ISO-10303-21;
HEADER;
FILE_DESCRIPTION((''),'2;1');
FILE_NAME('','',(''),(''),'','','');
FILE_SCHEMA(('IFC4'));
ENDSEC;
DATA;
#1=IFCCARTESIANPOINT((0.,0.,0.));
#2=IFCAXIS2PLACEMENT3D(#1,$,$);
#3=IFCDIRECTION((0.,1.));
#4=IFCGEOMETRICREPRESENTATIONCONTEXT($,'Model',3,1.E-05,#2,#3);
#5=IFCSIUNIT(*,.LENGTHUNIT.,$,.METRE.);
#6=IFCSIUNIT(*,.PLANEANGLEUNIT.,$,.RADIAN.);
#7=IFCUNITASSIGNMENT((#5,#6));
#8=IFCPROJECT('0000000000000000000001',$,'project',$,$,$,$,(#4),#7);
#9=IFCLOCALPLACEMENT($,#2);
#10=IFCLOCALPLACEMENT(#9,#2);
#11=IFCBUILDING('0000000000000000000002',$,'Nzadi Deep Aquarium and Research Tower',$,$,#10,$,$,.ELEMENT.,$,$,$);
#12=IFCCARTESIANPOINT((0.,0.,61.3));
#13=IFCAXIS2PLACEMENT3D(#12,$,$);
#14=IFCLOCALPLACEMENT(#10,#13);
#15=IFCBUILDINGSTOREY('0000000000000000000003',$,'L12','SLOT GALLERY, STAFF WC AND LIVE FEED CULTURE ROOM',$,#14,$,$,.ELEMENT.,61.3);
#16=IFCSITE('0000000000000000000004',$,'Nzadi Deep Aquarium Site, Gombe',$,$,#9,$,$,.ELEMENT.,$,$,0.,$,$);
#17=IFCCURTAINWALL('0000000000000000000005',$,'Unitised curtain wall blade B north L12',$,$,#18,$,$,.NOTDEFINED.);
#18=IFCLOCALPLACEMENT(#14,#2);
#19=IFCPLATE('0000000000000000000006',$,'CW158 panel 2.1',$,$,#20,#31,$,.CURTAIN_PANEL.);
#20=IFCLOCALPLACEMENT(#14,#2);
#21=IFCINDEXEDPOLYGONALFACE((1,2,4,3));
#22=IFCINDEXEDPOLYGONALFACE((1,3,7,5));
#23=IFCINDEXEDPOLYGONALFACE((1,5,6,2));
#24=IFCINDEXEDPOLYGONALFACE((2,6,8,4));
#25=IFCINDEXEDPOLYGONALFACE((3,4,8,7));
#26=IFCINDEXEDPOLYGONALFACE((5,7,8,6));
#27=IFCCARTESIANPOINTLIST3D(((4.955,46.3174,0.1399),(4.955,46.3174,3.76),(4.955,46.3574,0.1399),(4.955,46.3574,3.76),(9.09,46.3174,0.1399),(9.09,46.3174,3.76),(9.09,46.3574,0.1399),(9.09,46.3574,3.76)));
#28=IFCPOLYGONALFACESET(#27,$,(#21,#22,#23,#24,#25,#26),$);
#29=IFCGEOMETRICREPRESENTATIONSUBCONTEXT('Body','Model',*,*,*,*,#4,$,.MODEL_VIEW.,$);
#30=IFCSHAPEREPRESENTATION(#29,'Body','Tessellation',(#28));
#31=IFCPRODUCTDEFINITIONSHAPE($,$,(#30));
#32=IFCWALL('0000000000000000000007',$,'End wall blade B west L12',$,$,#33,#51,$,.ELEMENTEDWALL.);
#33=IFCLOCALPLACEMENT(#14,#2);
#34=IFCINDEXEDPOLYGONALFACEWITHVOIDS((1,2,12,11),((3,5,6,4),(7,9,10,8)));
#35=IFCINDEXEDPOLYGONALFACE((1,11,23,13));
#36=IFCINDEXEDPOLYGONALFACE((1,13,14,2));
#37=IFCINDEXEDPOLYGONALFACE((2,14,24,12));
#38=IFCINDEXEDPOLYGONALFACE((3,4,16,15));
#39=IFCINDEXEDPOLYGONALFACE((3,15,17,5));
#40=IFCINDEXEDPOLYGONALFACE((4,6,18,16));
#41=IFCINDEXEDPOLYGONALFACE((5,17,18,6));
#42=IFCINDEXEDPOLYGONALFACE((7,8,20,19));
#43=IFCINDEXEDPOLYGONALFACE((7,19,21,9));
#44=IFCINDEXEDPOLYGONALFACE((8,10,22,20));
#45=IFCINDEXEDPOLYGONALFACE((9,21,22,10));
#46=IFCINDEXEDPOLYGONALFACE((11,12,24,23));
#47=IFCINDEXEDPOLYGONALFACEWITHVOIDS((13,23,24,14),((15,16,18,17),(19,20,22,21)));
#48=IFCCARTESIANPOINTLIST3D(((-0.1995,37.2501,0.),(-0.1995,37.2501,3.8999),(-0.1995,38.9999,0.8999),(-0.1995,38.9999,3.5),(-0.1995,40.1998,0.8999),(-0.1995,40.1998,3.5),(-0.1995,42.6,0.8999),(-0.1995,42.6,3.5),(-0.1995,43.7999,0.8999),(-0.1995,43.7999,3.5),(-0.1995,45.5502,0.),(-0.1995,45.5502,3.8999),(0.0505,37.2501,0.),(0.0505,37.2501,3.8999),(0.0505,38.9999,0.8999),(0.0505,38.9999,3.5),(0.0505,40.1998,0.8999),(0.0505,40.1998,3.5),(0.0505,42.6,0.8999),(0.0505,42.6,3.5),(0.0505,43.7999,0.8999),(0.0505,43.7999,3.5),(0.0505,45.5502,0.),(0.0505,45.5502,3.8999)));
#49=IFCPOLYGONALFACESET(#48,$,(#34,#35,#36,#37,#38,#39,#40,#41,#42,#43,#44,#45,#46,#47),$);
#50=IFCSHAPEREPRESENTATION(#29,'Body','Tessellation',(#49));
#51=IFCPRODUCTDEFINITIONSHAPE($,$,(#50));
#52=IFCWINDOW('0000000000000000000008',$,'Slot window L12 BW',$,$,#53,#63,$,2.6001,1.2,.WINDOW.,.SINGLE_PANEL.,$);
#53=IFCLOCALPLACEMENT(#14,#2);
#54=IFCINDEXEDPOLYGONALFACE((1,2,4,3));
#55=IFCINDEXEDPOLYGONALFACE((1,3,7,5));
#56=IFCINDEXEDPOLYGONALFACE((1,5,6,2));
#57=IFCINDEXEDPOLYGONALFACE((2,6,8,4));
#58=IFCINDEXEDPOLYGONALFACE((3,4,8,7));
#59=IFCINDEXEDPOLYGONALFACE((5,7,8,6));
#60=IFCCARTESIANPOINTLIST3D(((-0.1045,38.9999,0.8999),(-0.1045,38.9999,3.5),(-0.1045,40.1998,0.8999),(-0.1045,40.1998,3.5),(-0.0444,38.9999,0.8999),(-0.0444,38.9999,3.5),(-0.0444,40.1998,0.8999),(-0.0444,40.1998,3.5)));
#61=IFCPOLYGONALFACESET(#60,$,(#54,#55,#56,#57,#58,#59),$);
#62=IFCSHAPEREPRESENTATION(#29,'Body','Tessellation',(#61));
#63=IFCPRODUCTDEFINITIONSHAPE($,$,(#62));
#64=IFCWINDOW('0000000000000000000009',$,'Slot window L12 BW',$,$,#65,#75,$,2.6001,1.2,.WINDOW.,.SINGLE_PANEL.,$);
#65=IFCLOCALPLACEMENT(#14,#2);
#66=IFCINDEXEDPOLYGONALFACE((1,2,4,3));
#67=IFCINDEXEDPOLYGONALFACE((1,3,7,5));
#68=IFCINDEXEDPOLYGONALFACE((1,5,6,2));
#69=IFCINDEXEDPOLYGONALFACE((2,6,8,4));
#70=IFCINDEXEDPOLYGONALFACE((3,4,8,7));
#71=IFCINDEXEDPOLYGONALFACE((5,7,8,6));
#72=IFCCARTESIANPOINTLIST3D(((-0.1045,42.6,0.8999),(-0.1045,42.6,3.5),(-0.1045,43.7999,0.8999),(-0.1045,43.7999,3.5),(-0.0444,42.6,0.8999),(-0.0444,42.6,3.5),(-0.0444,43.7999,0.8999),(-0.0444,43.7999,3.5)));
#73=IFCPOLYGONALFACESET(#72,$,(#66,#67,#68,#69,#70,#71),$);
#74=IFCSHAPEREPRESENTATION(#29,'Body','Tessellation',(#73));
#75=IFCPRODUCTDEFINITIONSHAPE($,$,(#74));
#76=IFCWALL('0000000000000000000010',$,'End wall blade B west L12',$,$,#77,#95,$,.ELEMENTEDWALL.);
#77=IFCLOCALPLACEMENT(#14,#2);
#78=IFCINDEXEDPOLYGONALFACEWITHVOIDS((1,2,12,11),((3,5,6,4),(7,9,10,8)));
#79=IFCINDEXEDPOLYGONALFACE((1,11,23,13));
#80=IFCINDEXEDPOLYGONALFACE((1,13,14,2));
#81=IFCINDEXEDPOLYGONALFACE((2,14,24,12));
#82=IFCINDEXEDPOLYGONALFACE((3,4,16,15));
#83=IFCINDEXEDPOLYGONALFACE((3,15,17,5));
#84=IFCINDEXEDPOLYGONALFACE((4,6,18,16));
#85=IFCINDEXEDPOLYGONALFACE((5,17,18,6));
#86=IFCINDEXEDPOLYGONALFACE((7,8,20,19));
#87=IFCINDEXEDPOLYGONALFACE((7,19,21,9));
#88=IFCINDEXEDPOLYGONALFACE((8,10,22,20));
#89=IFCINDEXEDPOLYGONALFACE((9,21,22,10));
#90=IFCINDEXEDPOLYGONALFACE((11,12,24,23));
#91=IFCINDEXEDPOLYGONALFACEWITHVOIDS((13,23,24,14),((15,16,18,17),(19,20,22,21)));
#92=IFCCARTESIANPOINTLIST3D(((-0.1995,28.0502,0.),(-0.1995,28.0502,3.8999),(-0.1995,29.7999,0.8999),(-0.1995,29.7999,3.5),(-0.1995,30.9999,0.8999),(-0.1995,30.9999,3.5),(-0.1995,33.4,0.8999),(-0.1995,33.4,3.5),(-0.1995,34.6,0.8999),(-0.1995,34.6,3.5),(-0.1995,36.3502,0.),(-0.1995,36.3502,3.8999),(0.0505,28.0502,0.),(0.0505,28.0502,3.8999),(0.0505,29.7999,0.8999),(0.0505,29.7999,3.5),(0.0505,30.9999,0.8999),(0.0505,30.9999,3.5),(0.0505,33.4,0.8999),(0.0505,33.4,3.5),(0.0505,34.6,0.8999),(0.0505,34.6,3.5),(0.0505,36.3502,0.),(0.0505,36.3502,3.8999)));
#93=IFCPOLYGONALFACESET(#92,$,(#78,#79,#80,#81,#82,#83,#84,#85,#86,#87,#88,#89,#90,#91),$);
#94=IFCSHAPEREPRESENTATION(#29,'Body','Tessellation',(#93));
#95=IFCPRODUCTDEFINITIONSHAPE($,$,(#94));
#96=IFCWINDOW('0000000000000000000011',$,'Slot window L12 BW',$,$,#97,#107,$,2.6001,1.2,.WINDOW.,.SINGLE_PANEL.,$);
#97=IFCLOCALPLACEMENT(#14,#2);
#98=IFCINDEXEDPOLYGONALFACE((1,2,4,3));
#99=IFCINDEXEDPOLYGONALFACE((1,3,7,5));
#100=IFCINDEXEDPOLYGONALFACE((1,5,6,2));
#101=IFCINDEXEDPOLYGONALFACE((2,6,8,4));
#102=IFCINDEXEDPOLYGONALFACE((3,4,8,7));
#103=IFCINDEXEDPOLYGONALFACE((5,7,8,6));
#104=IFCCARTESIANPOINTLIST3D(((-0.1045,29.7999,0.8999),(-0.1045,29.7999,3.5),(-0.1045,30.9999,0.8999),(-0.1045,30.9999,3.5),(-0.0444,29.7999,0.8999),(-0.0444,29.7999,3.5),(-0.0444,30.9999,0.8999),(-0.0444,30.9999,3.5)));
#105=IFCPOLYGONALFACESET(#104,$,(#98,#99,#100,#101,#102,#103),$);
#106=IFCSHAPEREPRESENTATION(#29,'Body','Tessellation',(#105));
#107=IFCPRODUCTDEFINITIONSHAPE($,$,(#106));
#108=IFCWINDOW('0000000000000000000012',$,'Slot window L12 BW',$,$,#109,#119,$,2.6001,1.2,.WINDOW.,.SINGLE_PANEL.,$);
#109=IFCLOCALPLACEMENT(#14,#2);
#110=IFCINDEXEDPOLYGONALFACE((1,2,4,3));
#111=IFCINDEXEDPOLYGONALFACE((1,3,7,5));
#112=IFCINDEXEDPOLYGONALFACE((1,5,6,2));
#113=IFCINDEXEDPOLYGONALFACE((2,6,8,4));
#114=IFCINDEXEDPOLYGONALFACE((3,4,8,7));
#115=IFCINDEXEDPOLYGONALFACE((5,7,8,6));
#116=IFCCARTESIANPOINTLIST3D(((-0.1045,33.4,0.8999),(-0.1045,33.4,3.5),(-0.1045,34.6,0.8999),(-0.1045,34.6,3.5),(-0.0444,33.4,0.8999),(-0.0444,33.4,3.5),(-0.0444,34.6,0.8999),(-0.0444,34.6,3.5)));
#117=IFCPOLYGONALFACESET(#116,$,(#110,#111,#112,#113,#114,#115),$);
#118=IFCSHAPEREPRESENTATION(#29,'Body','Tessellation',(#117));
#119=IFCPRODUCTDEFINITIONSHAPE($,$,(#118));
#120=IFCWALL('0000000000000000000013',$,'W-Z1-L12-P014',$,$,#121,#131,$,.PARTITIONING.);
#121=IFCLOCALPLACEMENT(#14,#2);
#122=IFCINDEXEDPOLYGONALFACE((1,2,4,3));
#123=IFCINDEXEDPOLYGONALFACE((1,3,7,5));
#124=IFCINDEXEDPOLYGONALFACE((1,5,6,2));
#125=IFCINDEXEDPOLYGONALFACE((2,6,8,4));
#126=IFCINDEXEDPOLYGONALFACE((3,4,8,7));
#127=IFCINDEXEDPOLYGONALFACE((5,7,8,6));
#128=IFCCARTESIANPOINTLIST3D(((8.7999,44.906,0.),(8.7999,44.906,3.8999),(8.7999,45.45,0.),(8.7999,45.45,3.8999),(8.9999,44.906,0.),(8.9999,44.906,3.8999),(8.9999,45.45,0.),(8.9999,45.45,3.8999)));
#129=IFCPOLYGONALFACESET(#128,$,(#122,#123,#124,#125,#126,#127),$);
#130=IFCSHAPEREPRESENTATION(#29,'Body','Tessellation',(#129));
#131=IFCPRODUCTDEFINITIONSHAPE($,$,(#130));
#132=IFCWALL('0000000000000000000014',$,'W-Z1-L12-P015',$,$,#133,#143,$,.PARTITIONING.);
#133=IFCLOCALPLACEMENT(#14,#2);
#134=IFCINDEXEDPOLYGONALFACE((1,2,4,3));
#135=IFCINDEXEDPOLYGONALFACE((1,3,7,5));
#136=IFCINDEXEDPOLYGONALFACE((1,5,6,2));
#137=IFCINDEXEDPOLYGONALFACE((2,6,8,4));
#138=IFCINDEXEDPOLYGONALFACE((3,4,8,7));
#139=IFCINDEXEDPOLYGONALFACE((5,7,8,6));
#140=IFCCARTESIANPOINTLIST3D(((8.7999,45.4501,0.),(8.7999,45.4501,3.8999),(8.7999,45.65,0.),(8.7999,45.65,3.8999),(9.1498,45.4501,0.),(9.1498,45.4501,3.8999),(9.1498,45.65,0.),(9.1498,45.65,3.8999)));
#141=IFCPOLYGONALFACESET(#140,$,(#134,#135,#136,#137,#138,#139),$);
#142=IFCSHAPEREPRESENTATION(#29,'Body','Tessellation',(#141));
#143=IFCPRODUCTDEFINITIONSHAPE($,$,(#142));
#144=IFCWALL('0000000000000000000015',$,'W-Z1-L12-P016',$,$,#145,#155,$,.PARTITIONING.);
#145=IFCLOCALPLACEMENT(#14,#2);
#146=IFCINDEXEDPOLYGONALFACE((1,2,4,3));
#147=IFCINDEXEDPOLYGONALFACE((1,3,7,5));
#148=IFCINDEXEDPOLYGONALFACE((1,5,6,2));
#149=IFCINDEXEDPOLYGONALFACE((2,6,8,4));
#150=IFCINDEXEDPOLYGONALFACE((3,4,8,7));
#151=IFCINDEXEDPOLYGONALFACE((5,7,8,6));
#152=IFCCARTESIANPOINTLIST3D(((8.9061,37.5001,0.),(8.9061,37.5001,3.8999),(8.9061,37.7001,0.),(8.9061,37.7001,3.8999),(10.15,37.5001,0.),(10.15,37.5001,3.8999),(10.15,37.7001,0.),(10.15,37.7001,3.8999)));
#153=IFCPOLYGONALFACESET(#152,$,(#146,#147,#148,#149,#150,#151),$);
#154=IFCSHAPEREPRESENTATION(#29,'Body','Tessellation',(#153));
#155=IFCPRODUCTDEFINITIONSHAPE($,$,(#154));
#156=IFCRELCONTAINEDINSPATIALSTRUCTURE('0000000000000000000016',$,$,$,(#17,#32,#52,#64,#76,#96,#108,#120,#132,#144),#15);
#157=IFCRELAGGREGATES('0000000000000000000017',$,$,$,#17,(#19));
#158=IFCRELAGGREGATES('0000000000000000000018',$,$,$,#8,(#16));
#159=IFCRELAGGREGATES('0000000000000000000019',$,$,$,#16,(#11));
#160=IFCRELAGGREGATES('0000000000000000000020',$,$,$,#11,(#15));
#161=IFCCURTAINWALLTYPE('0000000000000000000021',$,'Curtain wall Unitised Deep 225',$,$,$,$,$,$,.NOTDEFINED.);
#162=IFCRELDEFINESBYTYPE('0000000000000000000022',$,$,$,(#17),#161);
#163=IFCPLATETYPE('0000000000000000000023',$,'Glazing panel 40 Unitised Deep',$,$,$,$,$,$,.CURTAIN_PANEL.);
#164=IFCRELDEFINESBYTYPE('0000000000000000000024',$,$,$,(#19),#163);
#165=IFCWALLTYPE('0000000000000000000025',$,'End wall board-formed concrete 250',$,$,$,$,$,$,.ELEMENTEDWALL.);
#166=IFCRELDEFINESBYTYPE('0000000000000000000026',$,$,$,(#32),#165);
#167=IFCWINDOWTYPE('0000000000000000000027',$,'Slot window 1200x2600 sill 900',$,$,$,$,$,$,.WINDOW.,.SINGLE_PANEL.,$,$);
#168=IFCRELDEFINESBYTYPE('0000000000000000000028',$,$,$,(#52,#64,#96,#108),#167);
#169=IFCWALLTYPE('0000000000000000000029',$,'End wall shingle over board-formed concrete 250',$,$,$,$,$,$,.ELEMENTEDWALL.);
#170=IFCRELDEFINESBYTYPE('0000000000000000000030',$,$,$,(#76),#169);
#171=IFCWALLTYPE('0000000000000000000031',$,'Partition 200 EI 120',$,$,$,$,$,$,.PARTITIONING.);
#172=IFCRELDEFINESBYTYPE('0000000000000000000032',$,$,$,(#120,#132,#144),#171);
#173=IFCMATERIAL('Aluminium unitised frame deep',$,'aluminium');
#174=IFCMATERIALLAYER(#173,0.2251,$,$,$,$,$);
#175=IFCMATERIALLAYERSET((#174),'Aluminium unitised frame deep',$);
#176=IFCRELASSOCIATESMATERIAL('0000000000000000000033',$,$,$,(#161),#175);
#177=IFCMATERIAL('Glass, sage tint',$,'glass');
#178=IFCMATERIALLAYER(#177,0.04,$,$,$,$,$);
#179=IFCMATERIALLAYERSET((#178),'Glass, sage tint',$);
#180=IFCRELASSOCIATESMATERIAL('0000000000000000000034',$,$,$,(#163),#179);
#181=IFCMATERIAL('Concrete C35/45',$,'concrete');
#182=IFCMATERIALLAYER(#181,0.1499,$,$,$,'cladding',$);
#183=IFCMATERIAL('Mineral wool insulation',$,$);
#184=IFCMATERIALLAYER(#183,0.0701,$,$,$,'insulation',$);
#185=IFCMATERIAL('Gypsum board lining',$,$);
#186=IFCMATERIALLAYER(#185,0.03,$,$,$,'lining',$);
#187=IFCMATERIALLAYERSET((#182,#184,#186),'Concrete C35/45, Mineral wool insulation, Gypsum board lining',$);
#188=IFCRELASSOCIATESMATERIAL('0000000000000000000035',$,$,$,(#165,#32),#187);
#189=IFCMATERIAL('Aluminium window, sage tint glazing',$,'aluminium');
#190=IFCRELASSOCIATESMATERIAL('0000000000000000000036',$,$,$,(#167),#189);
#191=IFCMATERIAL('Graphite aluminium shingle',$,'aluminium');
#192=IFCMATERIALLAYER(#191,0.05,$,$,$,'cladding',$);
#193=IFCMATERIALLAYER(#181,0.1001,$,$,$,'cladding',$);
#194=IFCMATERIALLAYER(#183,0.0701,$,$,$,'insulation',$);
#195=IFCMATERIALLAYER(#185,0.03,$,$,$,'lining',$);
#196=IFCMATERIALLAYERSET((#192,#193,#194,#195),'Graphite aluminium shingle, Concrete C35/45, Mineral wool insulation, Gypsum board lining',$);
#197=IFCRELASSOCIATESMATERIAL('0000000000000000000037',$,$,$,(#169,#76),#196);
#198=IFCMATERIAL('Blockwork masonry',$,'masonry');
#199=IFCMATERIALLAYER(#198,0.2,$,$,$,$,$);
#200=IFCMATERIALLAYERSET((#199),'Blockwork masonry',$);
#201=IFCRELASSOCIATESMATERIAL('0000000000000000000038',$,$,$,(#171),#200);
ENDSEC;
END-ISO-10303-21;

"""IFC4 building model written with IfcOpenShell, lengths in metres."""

from ifc_helpers import new_model, si_unit, direction, frame, frame_2d, origin, origin_2d, place, context, subcontext, project, spatial, rectangle, extrude, material, layer, layer_set, layer_usage, type_object, element, fill, aggregate, save


model = new_model("IFC4")

# Units and contexts
model_context = context("Model", 3, precision=1e-05, world=origin(), true_north=direction((0.0, 1.0)))
body_context = subcontext(model_context, "Body", "Model", "MODEL_VIEW")
ifc_project = project(units=[si_unit("LENGTHUNIT", "METRE"), si_unit("PLANEANGLEUNIT", "RADIAN")], contexts=[model_context])

# Site, building, storey
site_placement = place(None, origin())
site = spatial("IfcSite", under=ifc_project, at=site_placement, Name="Nzadi Deep Aquarium Site, Gombe", CompositionType="ELEMENT", RefElevation=0.0)
building_placement = place(site_placement, origin())
building = spatial("IfcBuilding", under=site, at=building_placement, Name="Nzadi Deep Aquarium and Research Tower", CompositionType="ELEMENT")
storey_placement = place(building_placement, frame((0.0, 0.0, 61.3)))
storey = spatial("IfcBuildingStorey", under=building, at=storey_placement, Name="L12", Description="SLOT GALLERY, STAFF WC AND LIVE FEED CULTURE ROOM", CompositionType="ELEMENT", Elevation=61.3)

# Curtain wall
ifc_material_1 = material(Name="Aluminium unitised frame deep", Category="aluminium")
ifc_layer_1 = layer(ifc_material_1, 0.2251)
ifc_layer_set_1 = layer_set([ifc_layer_1], Name="Aluminium unitised frame deep")
curtain_wall_type = type_object("IfcCurtainWallType", Name="Curtain wall Unitised Deep 225", PredefinedType="NOTDEFINED", material=ifc_layer_set_1)
curtain_wall_placement = place(storey_placement, origin())
curtain_wall = element("IfcCurtainWall", 1, at=curtain_wall_placement, inside=storey, type_object=curtain_wall_type, Name="Unitised curtain wall blade B north L12", PredefinedType="NOTDEFINED")

# Plate
ifc_material_2 = material(Name="Glass, sage tint", Category="glass")
ifc_layer_2 = layer(ifc_material_2, 0.04)
ifc_layer_set_2 = layer_set([ifc_layer_2], Name="Glass, sage tint")
plate_type = type_object("IfcPlateType", Name="Glazing panel 40 Unitised Deep", PredefinedType="CURTAIN_PANEL", material=ifc_layer_set_2)
plate_1_placement = place(storey_placement, frame((7.0225, 46.3374, 0.1399), z_axis=(0.0, 0.0, 1.0), x_axis=(1.0, 0.0, 0.0)))
plate_1 = element("IfcPlate", 2, at=plate_1_placement, type_object=plate_type, Name="CW158 panel 2.1", PredefinedType="CURTAIN_PANEL", context=body_context, shape_type="SweptSolid", body=[
    extrude(rectangle(XDim=4.135, YDim=0.04, at=origin_2d()), origin(), (0.0, 0.0, 1.0), 3.6201),
])
aggregate(curtain_wall, [plate_1])

# Walls, openings, windows
ifc_material_3 = material(Name="Concrete C35/45", Category="concrete")
ifc_layer_3 = layer(ifc_material_3, 0.1499, Category="cladding")
ifc_material_4 = material(Name="Mineral wool insulation")
ifc_layer_4 = layer(ifc_material_4, 0.0701, Category="insulation")
ifc_material_5 = material(Name="Gypsum board lining")
ifc_layer_5 = layer(ifc_material_5, 0.03, Category="lining")
ifc_layer_set_3 = layer_set([ifc_layer_3, ifc_layer_4, ifc_layer_5], Name="Concrete C35/45, Mineral wool insulation, Gypsum board lining")
ifc_layer_usage_1 = layer_usage(ifc_layer_set_3, "AXIS2", "POSITIVE", -0.125)
wall_type_1 = type_object("IfcWallType", Name="End wall board-formed concrete 250", PredefinedType="ELEMENTEDWALL", material=ifc_layer_set_3)
wall_1_placement = place(storey_placement, frame((-0.0745, 45.55, 0.0), z_axis=(0.0, 0.0, 1.0), x_axis=(0.0, -1.0, 0.0)))
wall_1 = element("IfcWall", 3, at=wall_1_placement, inside=storey, type_object=wall_type_1, material=ifc_layer_usage_1, Name="End wall blade B west L12", PredefinedType="ELEMENTEDWALL", context=body_context, shape_type="SweptSolid", body=[
    extrude(rectangle(XDim=8.3, YDim=0.25, at=frame_2d((4.1499, 0.0))), origin(), (0.0, 0.0, 1.0), 3.8999),
])
opening_1_placement = place(wall_1_placement, frame((5.3501, 0.0, 0.8999)))
opening_1 = element("IfcOpeningElement", 4, at=opening_1_placement, cuts=wall_1, PredefinedType="OPENING", context=body_context, shape_type="SweptSolid", body=[
    extrude(rectangle(XDim=1.2, YDim=2.6001, at=frame_2d((0.6001, 1.3))), frame((0.0, 0.135, 0.0), z_axis=(0.0, -1.0, 0.0), x_axis=(1.0, 0.0, 0.0)), (0.0, 0.0, 1.0), 0.27),
])
opening_2_placement = place(wall_1_placement, frame((1.75, 0.0, 0.8999)))
opening_2 = element("IfcOpeningElement", 5, at=opening_2_placement, cuts=wall_1, PredefinedType="OPENING", context=body_context, shape_type="SweptSolid", body=[
    extrude(rectangle(XDim=1.2, YDim=2.6001, at=frame_2d((0.6001, 1.3))), frame((0.0, 0.135, 0.0), z_axis=(0.0, -1.0, 0.0), x_axis=(1.0, 0.0, 0.0)), (0.0, 0.0, 1.0), 0.27),
])
ifc_material_6 = material(Name="Aluminium window, sage tint glazing", Category="aluminium")
window_type = type_object("IfcWindowType", Name="Slot window 1200x2600 sill 900", PartitioningType="SINGLE_PANEL", PredefinedType="WINDOW", material=ifc_material_6)
window_1_placement = place(opening_1_placement, origin())
window_1 = element("IfcWindow", 6, at=window_1_placement, inside=storey, type_object=window_type, Name="Slot window L12 BW", OverallHeight=2.6001, OverallWidth=1.2, PartitioningType="SINGLE_PANEL", PredefinedType="WINDOW", context=body_context, shape_type="SweptSolid", body=[
    extrude(rectangle(XDim=1.2, YDim=2.6001, at=frame_2d((0.6001, 1.3))), frame((0.0, 0.03, 0.0), z_axis=(0.0, -1.0, 0.0), x_axis=(1.0, 0.0, 0.0)), (0.0, 0.0, 1.0), 0.0601),
])
fill(opening_1, window_1)
window_2_placement = place(opening_2_placement, origin())
window_2 = element("IfcWindow", 7, at=window_2_placement, inside=storey, type_object=window_type, Name="Slot window L12 BW", OverallHeight=2.6001, OverallWidth=1.2, PartitioningType="SINGLE_PANEL", PredefinedType="WINDOW", context=body_context, shape_type="SweptSolid", body=[
    extrude(rectangle(XDim=1.2, YDim=2.6001, at=frame_2d((0.6001, 1.3))), frame((0.0, 0.03, 0.0), z_axis=(0.0, -1.0, 0.0), x_axis=(1.0, 0.0, 0.0)), (0.0, 0.0, 1.0), 0.0601),
])
fill(opening_2, window_2)
ifc_material_7 = material(Name="Graphite aluminium shingle", Category="aluminium")
ifc_layer_6 = layer(ifc_material_7, 0.05, Category="cladding")
ifc_layer_7 = layer(ifc_material_3, 0.1001, Category="cladding")
ifc_layer_8 = layer(ifc_material_4, 0.0701, Category="insulation")
ifc_layer_9 = layer(ifc_material_5, 0.03, Category="lining")
ifc_layer_set_4 = layer_set([ifc_layer_6, ifc_layer_7, ifc_layer_8, ifc_layer_9], Name="Graphite aluminium shingle, Concrete C35/45, Mineral wool insulation, Gypsum board lining")
ifc_layer_usage_2 = layer_usage(ifc_layer_set_4, "AXIS2", "POSITIVE", -0.125)
wall_type_2 = type_object("IfcWallType", Name="End wall shingle over board-formed concrete 250", PredefinedType="ELEMENTEDWALL", material=ifc_layer_set_4)
wall_2_placement = place(storey_placement, frame((-0.0745, 36.3501, 0.0), z_axis=(0.0, 0.0, 1.0), x_axis=(0.0, -1.0, 0.0)))
wall_2 = element("IfcWall", 8, at=wall_2_placement, inside=storey, type_object=wall_type_2, material=ifc_layer_usage_2, Name="End wall blade B west L12", PredefinedType="ELEMENTEDWALL", context=body_context, shape_type="SweptSolid", body=[
    extrude(rectangle(XDim=8.3, YDim=0.25, at=frame_2d((4.1499, 0.0))), origin(), (0.0, 0.0, 1.0), 3.8999),
])
opening_3_placement = place(wall_2_placement, frame((5.3501, 0.0, 0.8999)))
opening_3 = element("IfcOpeningElement", 9, at=opening_3_placement, cuts=wall_2, PredefinedType="OPENING", context=body_context, shape_type="SweptSolid", body=[
    extrude(rectangle(XDim=1.2, YDim=2.6001, at=frame_2d((0.6001, 1.3))), frame((0.0, 0.135, 0.0), z_axis=(0.0, -1.0, 0.0), x_axis=(1.0, 0.0, 0.0)), (0.0, 0.0, 1.0), 0.27),
])
opening_4_placement = place(wall_2_placement, frame((1.75, 0.0, 0.8999)))
opening_4 = element("IfcOpeningElement", 10, at=opening_4_placement, cuts=wall_2, PredefinedType="OPENING", context=body_context, shape_type="SweptSolid", body=[
    extrude(rectangle(XDim=1.2, YDim=2.6001, at=frame_2d((0.6001, 1.3))), frame((0.0, 0.135, 0.0), z_axis=(0.0, -1.0, 0.0), x_axis=(1.0, 0.0, 0.0)), (0.0, 0.0, 1.0), 0.27),
])
window_3_placement = place(opening_3_placement, origin())
window_3 = element("IfcWindow", 11, at=window_3_placement, inside=storey, type_object=window_type, Name="Slot window L12 BW", OverallHeight=2.6001, OverallWidth=1.2, PartitioningType="SINGLE_PANEL", PredefinedType="WINDOW", context=body_context, shape_type="SweptSolid", body=[
    extrude(rectangle(XDim=1.2, YDim=2.6001, at=frame_2d((0.6001, 1.3))), frame((0.0, 0.03, 0.0), z_axis=(0.0, -1.0, 0.0), x_axis=(1.0, 0.0, 0.0)), (0.0, 0.0, 1.0), 0.0601),
])
fill(opening_3, window_3)
window_4_placement = place(opening_4_placement, origin())
window_4 = element("IfcWindow", 12, at=window_4_placement, inside=storey, type_object=window_type, Name="Slot window L12 BW", OverallHeight=2.6001, OverallWidth=1.2, PartitioningType="SINGLE_PANEL", PredefinedType="WINDOW", context=body_context, shape_type="SweptSolid", body=[
    extrude(rectangle(XDim=1.2, YDim=2.6001, at=frame_2d((0.6001, 1.3))), frame((0.0, 0.03, 0.0), z_axis=(0.0, -1.0, 0.0), x_axis=(1.0, 0.0, 0.0)), (0.0, 0.0, 1.0), 0.0601),
])
fill(opening_4, window_4)

# Walls
ifc_material_8 = material(Name="Blockwork masonry", Category="masonry")
ifc_layer_10 = layer(ifc_material_8, 0.2)
ifc_layer_set_5 = layer_set([ifc_layer_10], Name="Blockwork masonry")
wall_type_3 = type_object("IfcWallType", Name="Partition 200 EI 120", PredefinedType="PARTITIONING", material=ifc_layer_set_5)
wall_3_placement = place(storey_placement, frame((8.8999, 44.906, 0.0), z_axis=(0.0, 0.0, 1.0), x_axis=(0.0, 1.0, 0.0)))
element("IfcWall", 13, at=wall_3_placement, inside=storey, type_object=wall_type_3, Name="W-Z1-L12-P014", PredefinedType="PARTITIONING", context=body_context, shape_type="SweptSolid", body=[
    extrude(rectangle(XDim=0.5439, YDim=0.2, at=frame_2d((0.272, 0.0))), origin(), (0.0, 0.0, 1.0), 3.8999),
])
wall_4_placement = place(storey_placement, frame((8.8, 45.55, 0.0), z_axis=(0.0, 0.0, 1.0), x_axis=(1.0, 0.0, 0.0)))
element("IfcWall", 14, at=wall_4_placement, inside=storey, type_object=wall_type_3, Name="W-Z1-L12-P015", PredefinedType="PARTITIONING", context=body_context, shape_type="SweptSolid", body=[
    extrude(rectangle(XDim=0.3499, YDim=0.2, at=frame_2d((0.1748, 0.0))), origin(), (0.0, 0.0, 1.0), 3.8999),
])
wall_5_placement = place(storey_placement, frame((8.906, 37.6001, 0.0), z_axis=(0.0, 0.0, 1.0), x_axis=(1.0, 0.0, 0.0)))
element("IfcWall", 15, at=wall_5_placement, inside=storey, type_object=wall_type_3, Name="W-Z1-L12-P016", PredefinedType="PARTITIONING", context=body_context, shape_type="SweptSolid", body=[
    extrude(rectangle(XDim=1.2439, YDim=0.2, at=frame_2d((0.6221, 0.0))), origin(), (0.0, 0.0, 1.0), 3.8999),
])

save(model, "model.ifc")
